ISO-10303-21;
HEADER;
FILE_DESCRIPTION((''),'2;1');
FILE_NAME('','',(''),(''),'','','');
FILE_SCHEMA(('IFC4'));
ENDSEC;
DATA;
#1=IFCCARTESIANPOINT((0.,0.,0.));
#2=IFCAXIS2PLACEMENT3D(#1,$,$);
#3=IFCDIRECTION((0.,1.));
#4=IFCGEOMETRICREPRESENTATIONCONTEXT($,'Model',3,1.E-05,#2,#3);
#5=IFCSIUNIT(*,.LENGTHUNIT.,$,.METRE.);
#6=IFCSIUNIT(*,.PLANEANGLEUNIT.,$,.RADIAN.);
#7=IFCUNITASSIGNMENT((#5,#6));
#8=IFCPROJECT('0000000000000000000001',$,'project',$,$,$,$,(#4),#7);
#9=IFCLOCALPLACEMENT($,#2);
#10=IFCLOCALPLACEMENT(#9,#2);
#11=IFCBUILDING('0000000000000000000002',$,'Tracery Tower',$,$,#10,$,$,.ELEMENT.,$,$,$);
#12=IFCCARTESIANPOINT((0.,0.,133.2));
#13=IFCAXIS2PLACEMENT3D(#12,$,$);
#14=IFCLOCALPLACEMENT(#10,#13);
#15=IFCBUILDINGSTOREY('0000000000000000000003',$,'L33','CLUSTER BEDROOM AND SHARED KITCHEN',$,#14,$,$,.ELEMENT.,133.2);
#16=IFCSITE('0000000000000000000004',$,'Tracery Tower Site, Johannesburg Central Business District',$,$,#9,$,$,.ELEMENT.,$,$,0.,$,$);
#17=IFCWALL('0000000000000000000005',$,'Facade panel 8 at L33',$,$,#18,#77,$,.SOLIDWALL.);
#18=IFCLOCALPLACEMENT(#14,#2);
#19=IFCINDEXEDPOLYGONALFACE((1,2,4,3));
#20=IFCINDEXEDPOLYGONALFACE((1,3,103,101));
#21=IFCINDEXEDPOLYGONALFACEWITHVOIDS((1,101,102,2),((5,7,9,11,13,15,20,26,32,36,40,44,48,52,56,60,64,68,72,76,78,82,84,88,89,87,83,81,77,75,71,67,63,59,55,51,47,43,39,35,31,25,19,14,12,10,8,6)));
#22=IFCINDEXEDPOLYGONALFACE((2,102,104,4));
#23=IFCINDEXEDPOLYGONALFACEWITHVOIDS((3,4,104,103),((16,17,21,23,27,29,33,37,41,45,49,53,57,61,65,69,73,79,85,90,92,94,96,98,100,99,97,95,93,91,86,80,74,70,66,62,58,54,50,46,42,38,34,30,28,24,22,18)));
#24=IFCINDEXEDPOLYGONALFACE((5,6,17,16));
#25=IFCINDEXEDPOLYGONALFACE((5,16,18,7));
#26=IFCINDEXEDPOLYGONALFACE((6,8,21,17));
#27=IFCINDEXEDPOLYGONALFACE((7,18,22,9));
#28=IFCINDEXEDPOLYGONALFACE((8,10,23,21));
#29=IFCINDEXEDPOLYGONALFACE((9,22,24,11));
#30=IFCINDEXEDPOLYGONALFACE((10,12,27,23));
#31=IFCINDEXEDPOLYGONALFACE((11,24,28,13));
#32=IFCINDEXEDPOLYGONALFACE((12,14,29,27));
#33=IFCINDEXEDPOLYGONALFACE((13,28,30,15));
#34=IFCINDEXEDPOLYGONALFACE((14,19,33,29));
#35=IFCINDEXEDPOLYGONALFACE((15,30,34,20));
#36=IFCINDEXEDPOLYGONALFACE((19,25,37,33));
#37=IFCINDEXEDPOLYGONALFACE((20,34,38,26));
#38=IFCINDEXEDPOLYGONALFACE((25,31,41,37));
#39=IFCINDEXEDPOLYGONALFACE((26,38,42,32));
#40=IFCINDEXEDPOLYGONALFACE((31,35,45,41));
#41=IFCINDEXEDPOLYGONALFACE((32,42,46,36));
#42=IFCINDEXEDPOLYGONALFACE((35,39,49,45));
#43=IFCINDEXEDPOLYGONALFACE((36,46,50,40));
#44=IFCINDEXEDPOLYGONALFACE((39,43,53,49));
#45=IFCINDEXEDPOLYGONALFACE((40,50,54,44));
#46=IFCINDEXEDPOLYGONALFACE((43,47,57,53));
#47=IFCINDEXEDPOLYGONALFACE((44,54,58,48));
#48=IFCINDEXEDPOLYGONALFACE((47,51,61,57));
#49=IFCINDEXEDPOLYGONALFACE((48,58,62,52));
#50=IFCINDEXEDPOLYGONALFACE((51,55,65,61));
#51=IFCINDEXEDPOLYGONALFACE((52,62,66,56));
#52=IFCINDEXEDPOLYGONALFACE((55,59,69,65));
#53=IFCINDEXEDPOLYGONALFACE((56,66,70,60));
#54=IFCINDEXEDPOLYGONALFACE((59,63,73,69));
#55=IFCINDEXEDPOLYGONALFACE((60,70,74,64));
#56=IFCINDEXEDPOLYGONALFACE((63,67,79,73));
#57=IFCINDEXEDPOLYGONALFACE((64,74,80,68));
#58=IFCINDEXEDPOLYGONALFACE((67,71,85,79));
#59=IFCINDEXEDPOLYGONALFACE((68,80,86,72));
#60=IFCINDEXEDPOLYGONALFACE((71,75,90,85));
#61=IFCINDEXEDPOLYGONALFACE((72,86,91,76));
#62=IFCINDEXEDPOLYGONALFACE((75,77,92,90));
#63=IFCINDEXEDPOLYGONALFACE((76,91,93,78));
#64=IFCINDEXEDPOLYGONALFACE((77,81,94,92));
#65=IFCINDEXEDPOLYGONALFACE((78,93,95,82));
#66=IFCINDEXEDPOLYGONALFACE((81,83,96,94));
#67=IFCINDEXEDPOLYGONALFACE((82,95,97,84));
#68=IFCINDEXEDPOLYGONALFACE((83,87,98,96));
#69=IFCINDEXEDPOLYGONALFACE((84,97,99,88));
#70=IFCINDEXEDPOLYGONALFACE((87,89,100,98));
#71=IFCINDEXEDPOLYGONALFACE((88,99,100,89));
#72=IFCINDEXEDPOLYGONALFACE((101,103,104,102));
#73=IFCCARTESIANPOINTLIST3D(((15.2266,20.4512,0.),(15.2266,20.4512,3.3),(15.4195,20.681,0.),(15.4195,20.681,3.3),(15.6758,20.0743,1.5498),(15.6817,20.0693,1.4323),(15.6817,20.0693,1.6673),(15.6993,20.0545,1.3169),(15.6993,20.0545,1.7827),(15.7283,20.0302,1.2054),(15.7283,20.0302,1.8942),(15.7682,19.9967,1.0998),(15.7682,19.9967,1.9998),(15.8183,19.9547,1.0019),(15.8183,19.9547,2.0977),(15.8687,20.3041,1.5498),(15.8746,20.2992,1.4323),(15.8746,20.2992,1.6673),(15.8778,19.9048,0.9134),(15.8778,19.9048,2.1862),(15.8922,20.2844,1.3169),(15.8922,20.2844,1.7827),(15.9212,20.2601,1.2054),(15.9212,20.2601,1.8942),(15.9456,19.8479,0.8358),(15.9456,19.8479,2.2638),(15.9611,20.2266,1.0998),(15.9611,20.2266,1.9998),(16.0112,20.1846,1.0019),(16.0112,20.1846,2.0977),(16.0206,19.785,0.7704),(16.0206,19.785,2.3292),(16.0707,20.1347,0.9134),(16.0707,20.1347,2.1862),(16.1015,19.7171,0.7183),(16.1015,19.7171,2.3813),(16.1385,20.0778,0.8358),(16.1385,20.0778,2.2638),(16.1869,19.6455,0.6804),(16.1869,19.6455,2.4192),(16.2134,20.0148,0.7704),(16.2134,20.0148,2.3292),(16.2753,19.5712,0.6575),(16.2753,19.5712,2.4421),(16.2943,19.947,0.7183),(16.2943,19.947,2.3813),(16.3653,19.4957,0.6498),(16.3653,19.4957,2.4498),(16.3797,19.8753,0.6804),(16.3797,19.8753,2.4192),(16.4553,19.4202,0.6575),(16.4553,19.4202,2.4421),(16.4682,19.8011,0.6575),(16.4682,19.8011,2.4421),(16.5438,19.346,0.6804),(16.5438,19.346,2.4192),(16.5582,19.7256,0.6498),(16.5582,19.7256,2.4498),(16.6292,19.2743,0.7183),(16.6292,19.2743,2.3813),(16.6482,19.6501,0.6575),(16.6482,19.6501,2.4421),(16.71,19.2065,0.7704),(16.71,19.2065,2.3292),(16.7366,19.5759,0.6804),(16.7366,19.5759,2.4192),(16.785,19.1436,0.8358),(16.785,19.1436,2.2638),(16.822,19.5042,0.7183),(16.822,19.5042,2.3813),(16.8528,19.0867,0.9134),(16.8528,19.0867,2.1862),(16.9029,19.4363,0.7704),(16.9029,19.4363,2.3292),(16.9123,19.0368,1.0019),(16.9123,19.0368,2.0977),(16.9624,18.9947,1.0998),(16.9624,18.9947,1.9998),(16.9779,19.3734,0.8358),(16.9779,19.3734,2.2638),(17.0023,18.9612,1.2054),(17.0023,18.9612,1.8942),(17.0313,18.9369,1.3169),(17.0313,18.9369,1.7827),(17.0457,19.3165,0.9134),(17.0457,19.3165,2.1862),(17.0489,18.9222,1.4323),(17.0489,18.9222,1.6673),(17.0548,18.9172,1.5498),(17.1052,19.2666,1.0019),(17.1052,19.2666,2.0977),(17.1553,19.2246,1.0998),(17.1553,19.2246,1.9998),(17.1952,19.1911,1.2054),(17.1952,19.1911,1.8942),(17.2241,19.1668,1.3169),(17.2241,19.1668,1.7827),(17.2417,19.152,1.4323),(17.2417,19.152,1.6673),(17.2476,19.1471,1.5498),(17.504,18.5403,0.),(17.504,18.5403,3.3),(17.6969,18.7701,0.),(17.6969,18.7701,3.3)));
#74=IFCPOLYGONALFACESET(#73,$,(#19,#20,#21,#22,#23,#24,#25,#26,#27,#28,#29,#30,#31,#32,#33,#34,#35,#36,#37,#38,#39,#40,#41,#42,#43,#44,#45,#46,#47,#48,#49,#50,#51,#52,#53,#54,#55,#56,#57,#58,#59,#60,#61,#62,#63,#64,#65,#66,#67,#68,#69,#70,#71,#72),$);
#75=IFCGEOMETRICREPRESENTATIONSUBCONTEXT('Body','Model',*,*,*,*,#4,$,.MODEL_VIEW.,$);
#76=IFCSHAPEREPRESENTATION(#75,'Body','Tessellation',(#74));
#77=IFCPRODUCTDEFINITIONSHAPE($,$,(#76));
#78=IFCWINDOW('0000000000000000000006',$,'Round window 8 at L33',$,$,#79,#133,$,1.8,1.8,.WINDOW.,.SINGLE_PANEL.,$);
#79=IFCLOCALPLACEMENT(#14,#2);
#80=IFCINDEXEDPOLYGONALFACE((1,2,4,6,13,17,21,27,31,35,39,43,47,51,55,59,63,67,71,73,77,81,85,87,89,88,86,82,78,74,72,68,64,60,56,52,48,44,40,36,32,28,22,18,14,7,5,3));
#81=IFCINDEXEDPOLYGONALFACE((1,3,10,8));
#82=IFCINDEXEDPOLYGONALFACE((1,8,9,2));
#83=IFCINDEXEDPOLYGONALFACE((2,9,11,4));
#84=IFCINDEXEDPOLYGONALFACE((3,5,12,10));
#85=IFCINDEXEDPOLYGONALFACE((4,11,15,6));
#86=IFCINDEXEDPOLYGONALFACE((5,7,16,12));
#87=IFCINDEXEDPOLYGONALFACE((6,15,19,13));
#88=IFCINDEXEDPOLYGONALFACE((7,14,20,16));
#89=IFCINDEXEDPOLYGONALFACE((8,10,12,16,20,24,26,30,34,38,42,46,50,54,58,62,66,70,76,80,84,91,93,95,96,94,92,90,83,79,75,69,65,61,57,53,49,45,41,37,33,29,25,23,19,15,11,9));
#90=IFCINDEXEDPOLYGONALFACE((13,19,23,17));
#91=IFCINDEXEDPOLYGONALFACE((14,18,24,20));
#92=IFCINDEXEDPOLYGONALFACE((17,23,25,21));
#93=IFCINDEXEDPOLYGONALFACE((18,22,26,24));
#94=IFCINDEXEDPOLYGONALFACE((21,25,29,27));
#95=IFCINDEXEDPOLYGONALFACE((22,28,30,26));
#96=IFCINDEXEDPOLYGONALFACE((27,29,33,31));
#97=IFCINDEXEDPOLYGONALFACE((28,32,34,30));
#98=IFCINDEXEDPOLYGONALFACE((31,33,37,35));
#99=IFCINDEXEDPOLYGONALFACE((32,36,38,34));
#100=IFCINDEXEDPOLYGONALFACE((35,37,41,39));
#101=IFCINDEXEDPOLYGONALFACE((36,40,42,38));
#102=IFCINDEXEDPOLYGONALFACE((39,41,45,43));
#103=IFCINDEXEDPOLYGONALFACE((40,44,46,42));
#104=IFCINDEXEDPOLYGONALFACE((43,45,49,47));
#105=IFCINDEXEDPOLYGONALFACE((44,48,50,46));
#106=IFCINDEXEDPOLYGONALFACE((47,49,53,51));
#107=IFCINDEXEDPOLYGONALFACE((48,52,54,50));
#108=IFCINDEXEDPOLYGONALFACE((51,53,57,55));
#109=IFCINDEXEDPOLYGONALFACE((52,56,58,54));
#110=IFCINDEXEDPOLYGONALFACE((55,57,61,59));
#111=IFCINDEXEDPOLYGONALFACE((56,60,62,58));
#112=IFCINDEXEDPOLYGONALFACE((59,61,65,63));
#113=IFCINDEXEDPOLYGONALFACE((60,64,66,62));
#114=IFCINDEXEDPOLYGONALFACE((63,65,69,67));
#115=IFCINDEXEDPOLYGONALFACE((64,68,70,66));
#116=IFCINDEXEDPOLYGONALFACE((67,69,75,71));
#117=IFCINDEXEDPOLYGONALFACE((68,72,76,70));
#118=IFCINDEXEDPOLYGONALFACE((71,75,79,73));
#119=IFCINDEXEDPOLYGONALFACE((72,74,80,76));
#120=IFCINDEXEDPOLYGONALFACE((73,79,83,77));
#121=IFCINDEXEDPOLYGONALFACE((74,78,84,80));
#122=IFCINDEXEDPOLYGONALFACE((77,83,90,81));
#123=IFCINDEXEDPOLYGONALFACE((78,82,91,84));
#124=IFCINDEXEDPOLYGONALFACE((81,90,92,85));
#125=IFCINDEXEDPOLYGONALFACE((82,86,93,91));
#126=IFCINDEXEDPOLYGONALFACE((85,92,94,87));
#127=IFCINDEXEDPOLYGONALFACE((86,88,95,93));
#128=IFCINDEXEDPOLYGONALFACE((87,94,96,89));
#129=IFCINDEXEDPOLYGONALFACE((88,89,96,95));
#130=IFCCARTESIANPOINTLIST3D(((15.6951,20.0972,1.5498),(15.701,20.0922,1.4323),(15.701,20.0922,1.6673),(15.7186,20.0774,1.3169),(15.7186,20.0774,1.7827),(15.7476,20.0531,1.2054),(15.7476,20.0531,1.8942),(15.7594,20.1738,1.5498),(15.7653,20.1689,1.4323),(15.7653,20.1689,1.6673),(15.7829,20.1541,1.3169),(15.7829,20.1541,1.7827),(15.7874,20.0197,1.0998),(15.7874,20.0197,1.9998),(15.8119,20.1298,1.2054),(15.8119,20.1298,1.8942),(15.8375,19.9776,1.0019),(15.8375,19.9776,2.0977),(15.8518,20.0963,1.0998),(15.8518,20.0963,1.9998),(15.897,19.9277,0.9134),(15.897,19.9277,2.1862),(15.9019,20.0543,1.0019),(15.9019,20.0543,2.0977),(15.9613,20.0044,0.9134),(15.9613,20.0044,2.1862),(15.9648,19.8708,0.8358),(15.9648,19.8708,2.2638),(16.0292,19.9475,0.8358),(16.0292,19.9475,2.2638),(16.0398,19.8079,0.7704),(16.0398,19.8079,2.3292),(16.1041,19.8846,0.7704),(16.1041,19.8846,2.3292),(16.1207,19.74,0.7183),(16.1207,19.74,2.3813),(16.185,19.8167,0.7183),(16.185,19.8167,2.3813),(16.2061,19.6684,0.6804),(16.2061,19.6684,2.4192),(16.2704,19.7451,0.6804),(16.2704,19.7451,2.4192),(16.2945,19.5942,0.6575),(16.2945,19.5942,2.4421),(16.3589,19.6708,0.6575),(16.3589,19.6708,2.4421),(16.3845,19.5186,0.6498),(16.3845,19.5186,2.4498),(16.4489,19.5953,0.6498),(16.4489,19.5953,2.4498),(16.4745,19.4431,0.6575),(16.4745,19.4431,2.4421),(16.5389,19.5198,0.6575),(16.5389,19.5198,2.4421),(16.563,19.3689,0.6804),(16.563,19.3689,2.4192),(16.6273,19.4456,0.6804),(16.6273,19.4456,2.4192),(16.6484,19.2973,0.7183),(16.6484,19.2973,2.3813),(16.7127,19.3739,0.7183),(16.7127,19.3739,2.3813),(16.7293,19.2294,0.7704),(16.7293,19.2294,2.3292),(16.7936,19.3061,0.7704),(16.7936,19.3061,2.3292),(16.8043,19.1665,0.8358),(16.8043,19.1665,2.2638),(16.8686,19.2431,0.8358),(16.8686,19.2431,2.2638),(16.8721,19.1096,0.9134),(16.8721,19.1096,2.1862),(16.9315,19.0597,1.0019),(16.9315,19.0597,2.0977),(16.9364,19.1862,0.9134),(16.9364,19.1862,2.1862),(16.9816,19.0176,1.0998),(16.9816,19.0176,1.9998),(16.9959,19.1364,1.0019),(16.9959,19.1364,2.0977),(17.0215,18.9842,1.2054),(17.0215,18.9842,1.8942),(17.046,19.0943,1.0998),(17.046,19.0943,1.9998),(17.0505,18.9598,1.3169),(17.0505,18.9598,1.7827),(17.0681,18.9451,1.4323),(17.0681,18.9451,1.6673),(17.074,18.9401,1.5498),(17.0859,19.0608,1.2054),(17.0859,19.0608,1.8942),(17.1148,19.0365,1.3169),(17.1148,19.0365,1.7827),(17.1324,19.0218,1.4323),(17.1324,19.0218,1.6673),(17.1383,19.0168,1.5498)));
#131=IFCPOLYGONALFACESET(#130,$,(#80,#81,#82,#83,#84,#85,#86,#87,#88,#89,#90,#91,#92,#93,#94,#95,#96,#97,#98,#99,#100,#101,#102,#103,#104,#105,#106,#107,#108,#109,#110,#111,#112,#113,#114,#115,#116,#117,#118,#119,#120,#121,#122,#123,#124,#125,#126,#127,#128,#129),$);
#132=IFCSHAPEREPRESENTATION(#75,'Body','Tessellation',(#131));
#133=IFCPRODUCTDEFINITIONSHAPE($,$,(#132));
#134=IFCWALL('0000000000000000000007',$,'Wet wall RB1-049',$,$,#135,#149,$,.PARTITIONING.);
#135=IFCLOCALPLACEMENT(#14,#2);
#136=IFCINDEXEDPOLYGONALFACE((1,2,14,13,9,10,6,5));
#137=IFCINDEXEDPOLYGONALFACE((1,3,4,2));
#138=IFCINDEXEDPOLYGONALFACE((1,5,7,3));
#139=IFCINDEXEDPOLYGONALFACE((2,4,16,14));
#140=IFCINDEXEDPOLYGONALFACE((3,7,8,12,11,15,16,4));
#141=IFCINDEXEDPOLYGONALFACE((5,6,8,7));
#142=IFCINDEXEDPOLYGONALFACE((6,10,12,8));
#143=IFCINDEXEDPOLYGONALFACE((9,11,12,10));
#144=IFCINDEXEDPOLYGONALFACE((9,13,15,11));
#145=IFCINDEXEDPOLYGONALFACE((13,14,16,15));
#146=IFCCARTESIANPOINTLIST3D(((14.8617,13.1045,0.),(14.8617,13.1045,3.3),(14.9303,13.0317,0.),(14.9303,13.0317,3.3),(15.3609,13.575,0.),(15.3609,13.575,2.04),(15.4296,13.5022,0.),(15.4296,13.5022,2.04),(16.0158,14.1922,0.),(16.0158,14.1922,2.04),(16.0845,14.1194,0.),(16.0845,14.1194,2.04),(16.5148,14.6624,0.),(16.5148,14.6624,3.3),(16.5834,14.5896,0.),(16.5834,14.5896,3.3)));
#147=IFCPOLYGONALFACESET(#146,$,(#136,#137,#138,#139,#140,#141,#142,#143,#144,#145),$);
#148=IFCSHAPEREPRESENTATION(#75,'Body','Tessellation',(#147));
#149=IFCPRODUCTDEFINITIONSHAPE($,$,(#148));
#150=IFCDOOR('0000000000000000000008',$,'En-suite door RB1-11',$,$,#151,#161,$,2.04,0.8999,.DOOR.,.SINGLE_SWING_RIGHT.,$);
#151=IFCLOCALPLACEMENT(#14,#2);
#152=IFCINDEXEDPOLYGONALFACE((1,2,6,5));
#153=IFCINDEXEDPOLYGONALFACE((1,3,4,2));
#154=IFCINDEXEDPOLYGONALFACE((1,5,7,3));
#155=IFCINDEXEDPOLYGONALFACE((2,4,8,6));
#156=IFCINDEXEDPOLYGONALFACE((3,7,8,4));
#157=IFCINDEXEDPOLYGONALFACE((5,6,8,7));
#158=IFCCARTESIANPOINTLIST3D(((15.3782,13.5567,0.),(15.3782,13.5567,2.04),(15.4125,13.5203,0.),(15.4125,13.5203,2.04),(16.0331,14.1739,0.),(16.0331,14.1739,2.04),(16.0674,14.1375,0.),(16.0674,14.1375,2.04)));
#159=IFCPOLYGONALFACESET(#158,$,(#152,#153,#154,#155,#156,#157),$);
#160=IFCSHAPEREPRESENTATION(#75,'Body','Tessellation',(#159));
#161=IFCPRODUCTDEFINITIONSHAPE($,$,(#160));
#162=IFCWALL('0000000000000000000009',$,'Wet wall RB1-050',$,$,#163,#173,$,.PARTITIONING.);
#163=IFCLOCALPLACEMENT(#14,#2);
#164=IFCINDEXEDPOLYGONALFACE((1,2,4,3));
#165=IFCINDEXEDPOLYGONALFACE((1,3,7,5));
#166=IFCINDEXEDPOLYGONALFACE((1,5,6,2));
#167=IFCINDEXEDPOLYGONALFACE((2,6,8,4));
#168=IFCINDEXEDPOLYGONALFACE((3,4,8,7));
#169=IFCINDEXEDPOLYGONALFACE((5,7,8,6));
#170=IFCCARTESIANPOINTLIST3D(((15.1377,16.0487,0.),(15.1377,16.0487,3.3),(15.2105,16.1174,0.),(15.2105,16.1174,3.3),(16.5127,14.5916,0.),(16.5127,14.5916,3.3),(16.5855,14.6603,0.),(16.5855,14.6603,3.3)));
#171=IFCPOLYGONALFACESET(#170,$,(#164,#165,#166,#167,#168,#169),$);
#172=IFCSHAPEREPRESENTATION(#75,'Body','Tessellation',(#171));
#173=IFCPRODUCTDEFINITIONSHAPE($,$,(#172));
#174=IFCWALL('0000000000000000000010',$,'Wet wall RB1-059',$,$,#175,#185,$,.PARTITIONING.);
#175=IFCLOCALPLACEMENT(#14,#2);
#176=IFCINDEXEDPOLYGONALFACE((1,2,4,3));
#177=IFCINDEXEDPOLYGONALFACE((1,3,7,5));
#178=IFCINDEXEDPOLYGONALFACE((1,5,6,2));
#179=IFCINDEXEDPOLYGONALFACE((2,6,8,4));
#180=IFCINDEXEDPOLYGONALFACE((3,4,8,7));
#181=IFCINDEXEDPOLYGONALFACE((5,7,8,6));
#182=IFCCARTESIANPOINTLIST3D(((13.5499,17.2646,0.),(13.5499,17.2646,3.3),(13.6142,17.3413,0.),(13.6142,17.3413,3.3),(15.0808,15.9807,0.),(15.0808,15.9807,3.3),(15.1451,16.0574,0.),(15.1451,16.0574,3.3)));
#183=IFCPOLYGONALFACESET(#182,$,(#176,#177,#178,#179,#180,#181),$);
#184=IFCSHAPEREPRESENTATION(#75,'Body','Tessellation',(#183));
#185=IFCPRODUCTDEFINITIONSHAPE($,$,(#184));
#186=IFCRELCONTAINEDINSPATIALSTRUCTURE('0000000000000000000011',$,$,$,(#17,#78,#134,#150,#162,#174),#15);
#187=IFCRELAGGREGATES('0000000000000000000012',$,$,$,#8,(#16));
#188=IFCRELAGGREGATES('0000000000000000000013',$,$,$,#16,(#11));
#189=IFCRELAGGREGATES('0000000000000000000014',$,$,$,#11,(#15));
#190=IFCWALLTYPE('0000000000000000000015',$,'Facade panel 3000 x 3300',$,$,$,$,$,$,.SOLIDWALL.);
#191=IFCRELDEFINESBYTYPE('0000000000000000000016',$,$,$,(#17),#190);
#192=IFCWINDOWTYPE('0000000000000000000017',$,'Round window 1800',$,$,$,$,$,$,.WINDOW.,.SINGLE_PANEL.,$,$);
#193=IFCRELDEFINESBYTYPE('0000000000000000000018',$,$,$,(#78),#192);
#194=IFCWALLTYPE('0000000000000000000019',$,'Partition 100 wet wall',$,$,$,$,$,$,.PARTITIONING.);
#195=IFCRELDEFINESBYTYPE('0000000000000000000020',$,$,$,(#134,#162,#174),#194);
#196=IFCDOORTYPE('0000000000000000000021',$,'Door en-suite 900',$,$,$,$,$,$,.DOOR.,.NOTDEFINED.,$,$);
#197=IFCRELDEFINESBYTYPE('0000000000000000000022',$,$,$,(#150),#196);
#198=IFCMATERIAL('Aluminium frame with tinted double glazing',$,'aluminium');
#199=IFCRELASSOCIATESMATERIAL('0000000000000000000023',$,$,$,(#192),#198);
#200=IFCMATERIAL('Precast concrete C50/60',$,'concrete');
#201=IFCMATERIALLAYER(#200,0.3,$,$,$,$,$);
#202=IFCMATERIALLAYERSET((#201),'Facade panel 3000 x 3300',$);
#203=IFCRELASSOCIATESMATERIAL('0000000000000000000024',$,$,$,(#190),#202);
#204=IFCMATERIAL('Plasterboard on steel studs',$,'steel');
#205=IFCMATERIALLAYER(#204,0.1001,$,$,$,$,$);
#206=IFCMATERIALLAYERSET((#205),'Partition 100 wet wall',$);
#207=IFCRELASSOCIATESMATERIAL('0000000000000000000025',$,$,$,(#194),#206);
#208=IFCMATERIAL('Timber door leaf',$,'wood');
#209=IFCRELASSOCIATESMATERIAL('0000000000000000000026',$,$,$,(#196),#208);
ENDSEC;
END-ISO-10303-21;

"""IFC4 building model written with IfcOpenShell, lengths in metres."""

from ifc_helpers import new_model, si_unit, direction, frame, frame_2d, origin, origin_2d, place, context, subcontext, project, spatial, rectangle, circle, extrude, material, layer, layer_set, type_object, element, fill, save


model = new_model("IFC4")

# Units and contexts
model_context = context("Model", 3, precision=1e-05, world=origin(), true_north=direction((0.0, 1.0)))
body_context = subcontext(model_context, "Body", "Model", "MODEL_VIEW")
ifc_project = project(units=[si_unit("LENGTHUNIT", "METRE"), si_unit("PLANEANGLEUNIT", "RADIAN")], contexts=[model_context])

# Site, building, storey
site_placement = place(None, origin())
site = spatial("IfcSite", under=ifc_project, at=site_placement, Name="Tracery Tower Site, Johannesburg Central Business District", CompositionType="ELEMENT", RefElevation=0.0)
building_placement = place(site_placement, origin())
building = spatial("IfcBuilding", under=site, at=building_placement, Name="Tracery Tower", CompositionType="ELEMENT")
storey_placement = place(building_placement, frame((0.0, 0.0, 133.2)))
storey = spatial("IfcBuildingStorey", under=building, at=storey_placement, Name="L33", Description="CLUSTER BEDROOM AND SHARED KITCHEN", CompositionType="ELEMENT", Elevation=133.2)

# Wall, opening, window
ifc_material_1 = material(Name="Aluminium frame with tinted double glazing", Category="aluminium")
window_type = type_object("IfcWindowType", Name="Round window 1800", PartitioningType="SINGLE_PANEL", PredefinedType="WINDOW", material=ifc_material_1)
ifc_material_2 = material(Name="Precast concrete C50/60", Category="concrete")
ifc_layer_1 = layer(ifc_material_2, 0.3)
ifc_layer_set_1 = layer_set([ifc_layer_1], Name="Facade panel 3000 x 3300")
wall_type_1 = type_object("IfcWallType", Name="Facade panel 3000 x 3300", PredefinedType="SOLIDWALL", material=ifc_layer_set_1)
wall_1_placement = place(storey_placement, frame((17.6003, 18.6553, 0.0), z_axis=(0.0, 0.0, 1.0), x_axis=(-0.766049, 0.642782, 0.0)))
wall_1 = element("IfcWall", 1, at=wall_1_placement, inside=storey, type_object=wall_type_1, Name="Facade panel 8 at L33", PredefinedType="SOLIDWALL", context=body_context, shape_type="SweptSolid", body=[
    extrude(rectangle(XDim=2.9729, YDim=0.3, at=frame_2d((1.4863, 0.0))), origin(), (0.0, 0.0, 1.0), 3.3),
])
opening_1_placement = place(wall_1_placement, frame((1.4863, 0.0, 1.5498)))
opening_1 = element("IfcOpeningElement", 2, at=opening_1_placement, cuts=wall_1, PredefinedType="OPENING", context=body_context, shape_type="SweptSolid", body=[
    extrude(circle(Radius=0.9, at=origin_2d()), frame((0.0, 0.1599, 0.0), z_axis=(0.0, -1.0, 0.0), x_axis=(1.0, 0.0, 0.0)), (0.0, 0.0, 1.0), 0.3201),
])
window_1_placement = place(opening_1_placement, origin())
window_1 = element("IfcWindow", 3, at=window_1_placement, inside=storey, type_object=window_type, Name="Round window 8 at L33", OverallHeight=1.8, OverallWidth=1.8, PartitioningType="SINGLE_PANEL", PredefinedType="WINDOW", context=body_context, shape_type="SweptSolid", body=[
    extrude(circle(Radius=0.9, at=origin_2d()), frame((0.0, 0.1201, 0.0), z_axis=(0.0, -1.0, 0.0), x_axis=(1.0, 0.0, 0.0)), (0.0, 0.0, 1.0), 0.1001),
])
fill(opening_1, window_1)

# Wall, opening, door
ifc_material_3 = material(Name="Plasterboard on steel studs", Category="steel")
ifc_layer_2 = layer(ifc_material_3, 0.1001)
ifc_layer_set_2 = layer_set([ifc_layer_2], Name="Partition 100 wet wall")
wall_type_2 = type_object("IfcWallType", Name="Partition 100 wet wall", PredefinedType="PARTITIONING", material=ifc_layer_set_2)
wall_2_placement = place(storey_placement, frame((14.896, 13.0681, 0.0), z_axis=(0.0, 0.0, 1.0), x_axis=(0.727755, 0.685837, 0.0)))
wall_2 = element("IfcWall", 4, at=wall_2_placement, inside=storey, type_object=wall_type_2, Name="Wet wall RB1-049", PredefinedType="PARTITIONING", context=body_context, shape_type="SweptSolid", body=[
    extrude(rectangle(XDim=2.2715, YDim=0.1001, at=frame_2d((1.1357, 0.0))), origin(), (0.0, 0.0, 1.0), 3.3),
])
opening_2_placement = place(wall_2_placement, frame((0.686, 0.0, 0.0)))
opening_2 = element("IfcOpeningElement", 5, at=opening_2_placement, cuts=wall_2, PredefinedType="OPENING", context=body_context, shape_type="SweptSolid", body=[
    extrude(rectangle(XDim=0.8999, YDim=2.04, at=frame_2d((0.45, 1.02))), frame((0.0, 0.05, 0.0), z_axis=(0.0, -1.0, 0.0), x_axis=(1.0, 0.0, 0.0)), (0.0, 0.0, 1.0), 0.1001),
])
ifc_material_4 = material(Name="Timber door leaf", Category="wood")
door_type_1 = type_object("IfcDoorType", Name="Door en-suite 900", OperationType="NOTDEFINED", PredefinedType="DOOR", material=ifc_material_4)
door_1_placement = place(opening_2_placement, origin())
door_1 = element("IfcDoor", 6, at=door_1_placement, inside=storey, type_object=door_type_1, Name="En-suite door RB1-11", OperationType="SINGLE_SWING_RIGHT", OverallHeight=2.04, OverallWidth=0.8999, PredefinedType="DOOR", context=body_context, shape_type="SweptSolid", body=[
    extrude(rectangle(XDim=0.8999, YDim=2.04, at=frame_2d((0.45, 1.02))), frame((0.0, 0.0249, 0.0), z_axis=(0.0, -1.0, 0.0), x_axis=(1.0, 0.0, 0.0)), (0.0, 0.0, 1.0), 0.05),
])
fill(opening_2, door_1)

# Walls
wall_3_placement = place(storey_placement, frame((15.1741, 16.083, 0.0), z_axis=(0.0, 0.0, 1.0), x_axis=(0.686337, -0.727283, 0.0)))
element("IfcWall", 7, at=wall_3_placement, inside=storey, type_object=wall_type_2, Name="Wet wall RB1-050", PredefinedType="PARTITIONING", context=body_context, shape_type="SweptSolid", body=[
    extrude(rectangle(XDim=2.0034, YDim=0.1001, at=frame_2d((1.0017, 0.0))), origin(), (0.0, 0.0, 1.0), 3.3),
])
wall_4_placement = place(storey_placement, frame((13.582, 17.303, 0.0), z_axis=(0.0, 0.0, 1.0), x_axis=(0.766225, -0.642573, 0.0)))
element("IfcWall", 8, at=wall_4_placement, inside=storey, type_object=wall_type_2, Name="Wet wall RB1-059", PredefinedType="PARTITIONING", context=body_context, shape_type="SweptSolid", body=[
    extrude(rectangle(XDim=1.998, YDim=0.1001, at=frame_2d((0.999, 0.0))), origin(), (0.0, 0.0, 1.0), 3.3),
])

save(model, "model.ifc")
